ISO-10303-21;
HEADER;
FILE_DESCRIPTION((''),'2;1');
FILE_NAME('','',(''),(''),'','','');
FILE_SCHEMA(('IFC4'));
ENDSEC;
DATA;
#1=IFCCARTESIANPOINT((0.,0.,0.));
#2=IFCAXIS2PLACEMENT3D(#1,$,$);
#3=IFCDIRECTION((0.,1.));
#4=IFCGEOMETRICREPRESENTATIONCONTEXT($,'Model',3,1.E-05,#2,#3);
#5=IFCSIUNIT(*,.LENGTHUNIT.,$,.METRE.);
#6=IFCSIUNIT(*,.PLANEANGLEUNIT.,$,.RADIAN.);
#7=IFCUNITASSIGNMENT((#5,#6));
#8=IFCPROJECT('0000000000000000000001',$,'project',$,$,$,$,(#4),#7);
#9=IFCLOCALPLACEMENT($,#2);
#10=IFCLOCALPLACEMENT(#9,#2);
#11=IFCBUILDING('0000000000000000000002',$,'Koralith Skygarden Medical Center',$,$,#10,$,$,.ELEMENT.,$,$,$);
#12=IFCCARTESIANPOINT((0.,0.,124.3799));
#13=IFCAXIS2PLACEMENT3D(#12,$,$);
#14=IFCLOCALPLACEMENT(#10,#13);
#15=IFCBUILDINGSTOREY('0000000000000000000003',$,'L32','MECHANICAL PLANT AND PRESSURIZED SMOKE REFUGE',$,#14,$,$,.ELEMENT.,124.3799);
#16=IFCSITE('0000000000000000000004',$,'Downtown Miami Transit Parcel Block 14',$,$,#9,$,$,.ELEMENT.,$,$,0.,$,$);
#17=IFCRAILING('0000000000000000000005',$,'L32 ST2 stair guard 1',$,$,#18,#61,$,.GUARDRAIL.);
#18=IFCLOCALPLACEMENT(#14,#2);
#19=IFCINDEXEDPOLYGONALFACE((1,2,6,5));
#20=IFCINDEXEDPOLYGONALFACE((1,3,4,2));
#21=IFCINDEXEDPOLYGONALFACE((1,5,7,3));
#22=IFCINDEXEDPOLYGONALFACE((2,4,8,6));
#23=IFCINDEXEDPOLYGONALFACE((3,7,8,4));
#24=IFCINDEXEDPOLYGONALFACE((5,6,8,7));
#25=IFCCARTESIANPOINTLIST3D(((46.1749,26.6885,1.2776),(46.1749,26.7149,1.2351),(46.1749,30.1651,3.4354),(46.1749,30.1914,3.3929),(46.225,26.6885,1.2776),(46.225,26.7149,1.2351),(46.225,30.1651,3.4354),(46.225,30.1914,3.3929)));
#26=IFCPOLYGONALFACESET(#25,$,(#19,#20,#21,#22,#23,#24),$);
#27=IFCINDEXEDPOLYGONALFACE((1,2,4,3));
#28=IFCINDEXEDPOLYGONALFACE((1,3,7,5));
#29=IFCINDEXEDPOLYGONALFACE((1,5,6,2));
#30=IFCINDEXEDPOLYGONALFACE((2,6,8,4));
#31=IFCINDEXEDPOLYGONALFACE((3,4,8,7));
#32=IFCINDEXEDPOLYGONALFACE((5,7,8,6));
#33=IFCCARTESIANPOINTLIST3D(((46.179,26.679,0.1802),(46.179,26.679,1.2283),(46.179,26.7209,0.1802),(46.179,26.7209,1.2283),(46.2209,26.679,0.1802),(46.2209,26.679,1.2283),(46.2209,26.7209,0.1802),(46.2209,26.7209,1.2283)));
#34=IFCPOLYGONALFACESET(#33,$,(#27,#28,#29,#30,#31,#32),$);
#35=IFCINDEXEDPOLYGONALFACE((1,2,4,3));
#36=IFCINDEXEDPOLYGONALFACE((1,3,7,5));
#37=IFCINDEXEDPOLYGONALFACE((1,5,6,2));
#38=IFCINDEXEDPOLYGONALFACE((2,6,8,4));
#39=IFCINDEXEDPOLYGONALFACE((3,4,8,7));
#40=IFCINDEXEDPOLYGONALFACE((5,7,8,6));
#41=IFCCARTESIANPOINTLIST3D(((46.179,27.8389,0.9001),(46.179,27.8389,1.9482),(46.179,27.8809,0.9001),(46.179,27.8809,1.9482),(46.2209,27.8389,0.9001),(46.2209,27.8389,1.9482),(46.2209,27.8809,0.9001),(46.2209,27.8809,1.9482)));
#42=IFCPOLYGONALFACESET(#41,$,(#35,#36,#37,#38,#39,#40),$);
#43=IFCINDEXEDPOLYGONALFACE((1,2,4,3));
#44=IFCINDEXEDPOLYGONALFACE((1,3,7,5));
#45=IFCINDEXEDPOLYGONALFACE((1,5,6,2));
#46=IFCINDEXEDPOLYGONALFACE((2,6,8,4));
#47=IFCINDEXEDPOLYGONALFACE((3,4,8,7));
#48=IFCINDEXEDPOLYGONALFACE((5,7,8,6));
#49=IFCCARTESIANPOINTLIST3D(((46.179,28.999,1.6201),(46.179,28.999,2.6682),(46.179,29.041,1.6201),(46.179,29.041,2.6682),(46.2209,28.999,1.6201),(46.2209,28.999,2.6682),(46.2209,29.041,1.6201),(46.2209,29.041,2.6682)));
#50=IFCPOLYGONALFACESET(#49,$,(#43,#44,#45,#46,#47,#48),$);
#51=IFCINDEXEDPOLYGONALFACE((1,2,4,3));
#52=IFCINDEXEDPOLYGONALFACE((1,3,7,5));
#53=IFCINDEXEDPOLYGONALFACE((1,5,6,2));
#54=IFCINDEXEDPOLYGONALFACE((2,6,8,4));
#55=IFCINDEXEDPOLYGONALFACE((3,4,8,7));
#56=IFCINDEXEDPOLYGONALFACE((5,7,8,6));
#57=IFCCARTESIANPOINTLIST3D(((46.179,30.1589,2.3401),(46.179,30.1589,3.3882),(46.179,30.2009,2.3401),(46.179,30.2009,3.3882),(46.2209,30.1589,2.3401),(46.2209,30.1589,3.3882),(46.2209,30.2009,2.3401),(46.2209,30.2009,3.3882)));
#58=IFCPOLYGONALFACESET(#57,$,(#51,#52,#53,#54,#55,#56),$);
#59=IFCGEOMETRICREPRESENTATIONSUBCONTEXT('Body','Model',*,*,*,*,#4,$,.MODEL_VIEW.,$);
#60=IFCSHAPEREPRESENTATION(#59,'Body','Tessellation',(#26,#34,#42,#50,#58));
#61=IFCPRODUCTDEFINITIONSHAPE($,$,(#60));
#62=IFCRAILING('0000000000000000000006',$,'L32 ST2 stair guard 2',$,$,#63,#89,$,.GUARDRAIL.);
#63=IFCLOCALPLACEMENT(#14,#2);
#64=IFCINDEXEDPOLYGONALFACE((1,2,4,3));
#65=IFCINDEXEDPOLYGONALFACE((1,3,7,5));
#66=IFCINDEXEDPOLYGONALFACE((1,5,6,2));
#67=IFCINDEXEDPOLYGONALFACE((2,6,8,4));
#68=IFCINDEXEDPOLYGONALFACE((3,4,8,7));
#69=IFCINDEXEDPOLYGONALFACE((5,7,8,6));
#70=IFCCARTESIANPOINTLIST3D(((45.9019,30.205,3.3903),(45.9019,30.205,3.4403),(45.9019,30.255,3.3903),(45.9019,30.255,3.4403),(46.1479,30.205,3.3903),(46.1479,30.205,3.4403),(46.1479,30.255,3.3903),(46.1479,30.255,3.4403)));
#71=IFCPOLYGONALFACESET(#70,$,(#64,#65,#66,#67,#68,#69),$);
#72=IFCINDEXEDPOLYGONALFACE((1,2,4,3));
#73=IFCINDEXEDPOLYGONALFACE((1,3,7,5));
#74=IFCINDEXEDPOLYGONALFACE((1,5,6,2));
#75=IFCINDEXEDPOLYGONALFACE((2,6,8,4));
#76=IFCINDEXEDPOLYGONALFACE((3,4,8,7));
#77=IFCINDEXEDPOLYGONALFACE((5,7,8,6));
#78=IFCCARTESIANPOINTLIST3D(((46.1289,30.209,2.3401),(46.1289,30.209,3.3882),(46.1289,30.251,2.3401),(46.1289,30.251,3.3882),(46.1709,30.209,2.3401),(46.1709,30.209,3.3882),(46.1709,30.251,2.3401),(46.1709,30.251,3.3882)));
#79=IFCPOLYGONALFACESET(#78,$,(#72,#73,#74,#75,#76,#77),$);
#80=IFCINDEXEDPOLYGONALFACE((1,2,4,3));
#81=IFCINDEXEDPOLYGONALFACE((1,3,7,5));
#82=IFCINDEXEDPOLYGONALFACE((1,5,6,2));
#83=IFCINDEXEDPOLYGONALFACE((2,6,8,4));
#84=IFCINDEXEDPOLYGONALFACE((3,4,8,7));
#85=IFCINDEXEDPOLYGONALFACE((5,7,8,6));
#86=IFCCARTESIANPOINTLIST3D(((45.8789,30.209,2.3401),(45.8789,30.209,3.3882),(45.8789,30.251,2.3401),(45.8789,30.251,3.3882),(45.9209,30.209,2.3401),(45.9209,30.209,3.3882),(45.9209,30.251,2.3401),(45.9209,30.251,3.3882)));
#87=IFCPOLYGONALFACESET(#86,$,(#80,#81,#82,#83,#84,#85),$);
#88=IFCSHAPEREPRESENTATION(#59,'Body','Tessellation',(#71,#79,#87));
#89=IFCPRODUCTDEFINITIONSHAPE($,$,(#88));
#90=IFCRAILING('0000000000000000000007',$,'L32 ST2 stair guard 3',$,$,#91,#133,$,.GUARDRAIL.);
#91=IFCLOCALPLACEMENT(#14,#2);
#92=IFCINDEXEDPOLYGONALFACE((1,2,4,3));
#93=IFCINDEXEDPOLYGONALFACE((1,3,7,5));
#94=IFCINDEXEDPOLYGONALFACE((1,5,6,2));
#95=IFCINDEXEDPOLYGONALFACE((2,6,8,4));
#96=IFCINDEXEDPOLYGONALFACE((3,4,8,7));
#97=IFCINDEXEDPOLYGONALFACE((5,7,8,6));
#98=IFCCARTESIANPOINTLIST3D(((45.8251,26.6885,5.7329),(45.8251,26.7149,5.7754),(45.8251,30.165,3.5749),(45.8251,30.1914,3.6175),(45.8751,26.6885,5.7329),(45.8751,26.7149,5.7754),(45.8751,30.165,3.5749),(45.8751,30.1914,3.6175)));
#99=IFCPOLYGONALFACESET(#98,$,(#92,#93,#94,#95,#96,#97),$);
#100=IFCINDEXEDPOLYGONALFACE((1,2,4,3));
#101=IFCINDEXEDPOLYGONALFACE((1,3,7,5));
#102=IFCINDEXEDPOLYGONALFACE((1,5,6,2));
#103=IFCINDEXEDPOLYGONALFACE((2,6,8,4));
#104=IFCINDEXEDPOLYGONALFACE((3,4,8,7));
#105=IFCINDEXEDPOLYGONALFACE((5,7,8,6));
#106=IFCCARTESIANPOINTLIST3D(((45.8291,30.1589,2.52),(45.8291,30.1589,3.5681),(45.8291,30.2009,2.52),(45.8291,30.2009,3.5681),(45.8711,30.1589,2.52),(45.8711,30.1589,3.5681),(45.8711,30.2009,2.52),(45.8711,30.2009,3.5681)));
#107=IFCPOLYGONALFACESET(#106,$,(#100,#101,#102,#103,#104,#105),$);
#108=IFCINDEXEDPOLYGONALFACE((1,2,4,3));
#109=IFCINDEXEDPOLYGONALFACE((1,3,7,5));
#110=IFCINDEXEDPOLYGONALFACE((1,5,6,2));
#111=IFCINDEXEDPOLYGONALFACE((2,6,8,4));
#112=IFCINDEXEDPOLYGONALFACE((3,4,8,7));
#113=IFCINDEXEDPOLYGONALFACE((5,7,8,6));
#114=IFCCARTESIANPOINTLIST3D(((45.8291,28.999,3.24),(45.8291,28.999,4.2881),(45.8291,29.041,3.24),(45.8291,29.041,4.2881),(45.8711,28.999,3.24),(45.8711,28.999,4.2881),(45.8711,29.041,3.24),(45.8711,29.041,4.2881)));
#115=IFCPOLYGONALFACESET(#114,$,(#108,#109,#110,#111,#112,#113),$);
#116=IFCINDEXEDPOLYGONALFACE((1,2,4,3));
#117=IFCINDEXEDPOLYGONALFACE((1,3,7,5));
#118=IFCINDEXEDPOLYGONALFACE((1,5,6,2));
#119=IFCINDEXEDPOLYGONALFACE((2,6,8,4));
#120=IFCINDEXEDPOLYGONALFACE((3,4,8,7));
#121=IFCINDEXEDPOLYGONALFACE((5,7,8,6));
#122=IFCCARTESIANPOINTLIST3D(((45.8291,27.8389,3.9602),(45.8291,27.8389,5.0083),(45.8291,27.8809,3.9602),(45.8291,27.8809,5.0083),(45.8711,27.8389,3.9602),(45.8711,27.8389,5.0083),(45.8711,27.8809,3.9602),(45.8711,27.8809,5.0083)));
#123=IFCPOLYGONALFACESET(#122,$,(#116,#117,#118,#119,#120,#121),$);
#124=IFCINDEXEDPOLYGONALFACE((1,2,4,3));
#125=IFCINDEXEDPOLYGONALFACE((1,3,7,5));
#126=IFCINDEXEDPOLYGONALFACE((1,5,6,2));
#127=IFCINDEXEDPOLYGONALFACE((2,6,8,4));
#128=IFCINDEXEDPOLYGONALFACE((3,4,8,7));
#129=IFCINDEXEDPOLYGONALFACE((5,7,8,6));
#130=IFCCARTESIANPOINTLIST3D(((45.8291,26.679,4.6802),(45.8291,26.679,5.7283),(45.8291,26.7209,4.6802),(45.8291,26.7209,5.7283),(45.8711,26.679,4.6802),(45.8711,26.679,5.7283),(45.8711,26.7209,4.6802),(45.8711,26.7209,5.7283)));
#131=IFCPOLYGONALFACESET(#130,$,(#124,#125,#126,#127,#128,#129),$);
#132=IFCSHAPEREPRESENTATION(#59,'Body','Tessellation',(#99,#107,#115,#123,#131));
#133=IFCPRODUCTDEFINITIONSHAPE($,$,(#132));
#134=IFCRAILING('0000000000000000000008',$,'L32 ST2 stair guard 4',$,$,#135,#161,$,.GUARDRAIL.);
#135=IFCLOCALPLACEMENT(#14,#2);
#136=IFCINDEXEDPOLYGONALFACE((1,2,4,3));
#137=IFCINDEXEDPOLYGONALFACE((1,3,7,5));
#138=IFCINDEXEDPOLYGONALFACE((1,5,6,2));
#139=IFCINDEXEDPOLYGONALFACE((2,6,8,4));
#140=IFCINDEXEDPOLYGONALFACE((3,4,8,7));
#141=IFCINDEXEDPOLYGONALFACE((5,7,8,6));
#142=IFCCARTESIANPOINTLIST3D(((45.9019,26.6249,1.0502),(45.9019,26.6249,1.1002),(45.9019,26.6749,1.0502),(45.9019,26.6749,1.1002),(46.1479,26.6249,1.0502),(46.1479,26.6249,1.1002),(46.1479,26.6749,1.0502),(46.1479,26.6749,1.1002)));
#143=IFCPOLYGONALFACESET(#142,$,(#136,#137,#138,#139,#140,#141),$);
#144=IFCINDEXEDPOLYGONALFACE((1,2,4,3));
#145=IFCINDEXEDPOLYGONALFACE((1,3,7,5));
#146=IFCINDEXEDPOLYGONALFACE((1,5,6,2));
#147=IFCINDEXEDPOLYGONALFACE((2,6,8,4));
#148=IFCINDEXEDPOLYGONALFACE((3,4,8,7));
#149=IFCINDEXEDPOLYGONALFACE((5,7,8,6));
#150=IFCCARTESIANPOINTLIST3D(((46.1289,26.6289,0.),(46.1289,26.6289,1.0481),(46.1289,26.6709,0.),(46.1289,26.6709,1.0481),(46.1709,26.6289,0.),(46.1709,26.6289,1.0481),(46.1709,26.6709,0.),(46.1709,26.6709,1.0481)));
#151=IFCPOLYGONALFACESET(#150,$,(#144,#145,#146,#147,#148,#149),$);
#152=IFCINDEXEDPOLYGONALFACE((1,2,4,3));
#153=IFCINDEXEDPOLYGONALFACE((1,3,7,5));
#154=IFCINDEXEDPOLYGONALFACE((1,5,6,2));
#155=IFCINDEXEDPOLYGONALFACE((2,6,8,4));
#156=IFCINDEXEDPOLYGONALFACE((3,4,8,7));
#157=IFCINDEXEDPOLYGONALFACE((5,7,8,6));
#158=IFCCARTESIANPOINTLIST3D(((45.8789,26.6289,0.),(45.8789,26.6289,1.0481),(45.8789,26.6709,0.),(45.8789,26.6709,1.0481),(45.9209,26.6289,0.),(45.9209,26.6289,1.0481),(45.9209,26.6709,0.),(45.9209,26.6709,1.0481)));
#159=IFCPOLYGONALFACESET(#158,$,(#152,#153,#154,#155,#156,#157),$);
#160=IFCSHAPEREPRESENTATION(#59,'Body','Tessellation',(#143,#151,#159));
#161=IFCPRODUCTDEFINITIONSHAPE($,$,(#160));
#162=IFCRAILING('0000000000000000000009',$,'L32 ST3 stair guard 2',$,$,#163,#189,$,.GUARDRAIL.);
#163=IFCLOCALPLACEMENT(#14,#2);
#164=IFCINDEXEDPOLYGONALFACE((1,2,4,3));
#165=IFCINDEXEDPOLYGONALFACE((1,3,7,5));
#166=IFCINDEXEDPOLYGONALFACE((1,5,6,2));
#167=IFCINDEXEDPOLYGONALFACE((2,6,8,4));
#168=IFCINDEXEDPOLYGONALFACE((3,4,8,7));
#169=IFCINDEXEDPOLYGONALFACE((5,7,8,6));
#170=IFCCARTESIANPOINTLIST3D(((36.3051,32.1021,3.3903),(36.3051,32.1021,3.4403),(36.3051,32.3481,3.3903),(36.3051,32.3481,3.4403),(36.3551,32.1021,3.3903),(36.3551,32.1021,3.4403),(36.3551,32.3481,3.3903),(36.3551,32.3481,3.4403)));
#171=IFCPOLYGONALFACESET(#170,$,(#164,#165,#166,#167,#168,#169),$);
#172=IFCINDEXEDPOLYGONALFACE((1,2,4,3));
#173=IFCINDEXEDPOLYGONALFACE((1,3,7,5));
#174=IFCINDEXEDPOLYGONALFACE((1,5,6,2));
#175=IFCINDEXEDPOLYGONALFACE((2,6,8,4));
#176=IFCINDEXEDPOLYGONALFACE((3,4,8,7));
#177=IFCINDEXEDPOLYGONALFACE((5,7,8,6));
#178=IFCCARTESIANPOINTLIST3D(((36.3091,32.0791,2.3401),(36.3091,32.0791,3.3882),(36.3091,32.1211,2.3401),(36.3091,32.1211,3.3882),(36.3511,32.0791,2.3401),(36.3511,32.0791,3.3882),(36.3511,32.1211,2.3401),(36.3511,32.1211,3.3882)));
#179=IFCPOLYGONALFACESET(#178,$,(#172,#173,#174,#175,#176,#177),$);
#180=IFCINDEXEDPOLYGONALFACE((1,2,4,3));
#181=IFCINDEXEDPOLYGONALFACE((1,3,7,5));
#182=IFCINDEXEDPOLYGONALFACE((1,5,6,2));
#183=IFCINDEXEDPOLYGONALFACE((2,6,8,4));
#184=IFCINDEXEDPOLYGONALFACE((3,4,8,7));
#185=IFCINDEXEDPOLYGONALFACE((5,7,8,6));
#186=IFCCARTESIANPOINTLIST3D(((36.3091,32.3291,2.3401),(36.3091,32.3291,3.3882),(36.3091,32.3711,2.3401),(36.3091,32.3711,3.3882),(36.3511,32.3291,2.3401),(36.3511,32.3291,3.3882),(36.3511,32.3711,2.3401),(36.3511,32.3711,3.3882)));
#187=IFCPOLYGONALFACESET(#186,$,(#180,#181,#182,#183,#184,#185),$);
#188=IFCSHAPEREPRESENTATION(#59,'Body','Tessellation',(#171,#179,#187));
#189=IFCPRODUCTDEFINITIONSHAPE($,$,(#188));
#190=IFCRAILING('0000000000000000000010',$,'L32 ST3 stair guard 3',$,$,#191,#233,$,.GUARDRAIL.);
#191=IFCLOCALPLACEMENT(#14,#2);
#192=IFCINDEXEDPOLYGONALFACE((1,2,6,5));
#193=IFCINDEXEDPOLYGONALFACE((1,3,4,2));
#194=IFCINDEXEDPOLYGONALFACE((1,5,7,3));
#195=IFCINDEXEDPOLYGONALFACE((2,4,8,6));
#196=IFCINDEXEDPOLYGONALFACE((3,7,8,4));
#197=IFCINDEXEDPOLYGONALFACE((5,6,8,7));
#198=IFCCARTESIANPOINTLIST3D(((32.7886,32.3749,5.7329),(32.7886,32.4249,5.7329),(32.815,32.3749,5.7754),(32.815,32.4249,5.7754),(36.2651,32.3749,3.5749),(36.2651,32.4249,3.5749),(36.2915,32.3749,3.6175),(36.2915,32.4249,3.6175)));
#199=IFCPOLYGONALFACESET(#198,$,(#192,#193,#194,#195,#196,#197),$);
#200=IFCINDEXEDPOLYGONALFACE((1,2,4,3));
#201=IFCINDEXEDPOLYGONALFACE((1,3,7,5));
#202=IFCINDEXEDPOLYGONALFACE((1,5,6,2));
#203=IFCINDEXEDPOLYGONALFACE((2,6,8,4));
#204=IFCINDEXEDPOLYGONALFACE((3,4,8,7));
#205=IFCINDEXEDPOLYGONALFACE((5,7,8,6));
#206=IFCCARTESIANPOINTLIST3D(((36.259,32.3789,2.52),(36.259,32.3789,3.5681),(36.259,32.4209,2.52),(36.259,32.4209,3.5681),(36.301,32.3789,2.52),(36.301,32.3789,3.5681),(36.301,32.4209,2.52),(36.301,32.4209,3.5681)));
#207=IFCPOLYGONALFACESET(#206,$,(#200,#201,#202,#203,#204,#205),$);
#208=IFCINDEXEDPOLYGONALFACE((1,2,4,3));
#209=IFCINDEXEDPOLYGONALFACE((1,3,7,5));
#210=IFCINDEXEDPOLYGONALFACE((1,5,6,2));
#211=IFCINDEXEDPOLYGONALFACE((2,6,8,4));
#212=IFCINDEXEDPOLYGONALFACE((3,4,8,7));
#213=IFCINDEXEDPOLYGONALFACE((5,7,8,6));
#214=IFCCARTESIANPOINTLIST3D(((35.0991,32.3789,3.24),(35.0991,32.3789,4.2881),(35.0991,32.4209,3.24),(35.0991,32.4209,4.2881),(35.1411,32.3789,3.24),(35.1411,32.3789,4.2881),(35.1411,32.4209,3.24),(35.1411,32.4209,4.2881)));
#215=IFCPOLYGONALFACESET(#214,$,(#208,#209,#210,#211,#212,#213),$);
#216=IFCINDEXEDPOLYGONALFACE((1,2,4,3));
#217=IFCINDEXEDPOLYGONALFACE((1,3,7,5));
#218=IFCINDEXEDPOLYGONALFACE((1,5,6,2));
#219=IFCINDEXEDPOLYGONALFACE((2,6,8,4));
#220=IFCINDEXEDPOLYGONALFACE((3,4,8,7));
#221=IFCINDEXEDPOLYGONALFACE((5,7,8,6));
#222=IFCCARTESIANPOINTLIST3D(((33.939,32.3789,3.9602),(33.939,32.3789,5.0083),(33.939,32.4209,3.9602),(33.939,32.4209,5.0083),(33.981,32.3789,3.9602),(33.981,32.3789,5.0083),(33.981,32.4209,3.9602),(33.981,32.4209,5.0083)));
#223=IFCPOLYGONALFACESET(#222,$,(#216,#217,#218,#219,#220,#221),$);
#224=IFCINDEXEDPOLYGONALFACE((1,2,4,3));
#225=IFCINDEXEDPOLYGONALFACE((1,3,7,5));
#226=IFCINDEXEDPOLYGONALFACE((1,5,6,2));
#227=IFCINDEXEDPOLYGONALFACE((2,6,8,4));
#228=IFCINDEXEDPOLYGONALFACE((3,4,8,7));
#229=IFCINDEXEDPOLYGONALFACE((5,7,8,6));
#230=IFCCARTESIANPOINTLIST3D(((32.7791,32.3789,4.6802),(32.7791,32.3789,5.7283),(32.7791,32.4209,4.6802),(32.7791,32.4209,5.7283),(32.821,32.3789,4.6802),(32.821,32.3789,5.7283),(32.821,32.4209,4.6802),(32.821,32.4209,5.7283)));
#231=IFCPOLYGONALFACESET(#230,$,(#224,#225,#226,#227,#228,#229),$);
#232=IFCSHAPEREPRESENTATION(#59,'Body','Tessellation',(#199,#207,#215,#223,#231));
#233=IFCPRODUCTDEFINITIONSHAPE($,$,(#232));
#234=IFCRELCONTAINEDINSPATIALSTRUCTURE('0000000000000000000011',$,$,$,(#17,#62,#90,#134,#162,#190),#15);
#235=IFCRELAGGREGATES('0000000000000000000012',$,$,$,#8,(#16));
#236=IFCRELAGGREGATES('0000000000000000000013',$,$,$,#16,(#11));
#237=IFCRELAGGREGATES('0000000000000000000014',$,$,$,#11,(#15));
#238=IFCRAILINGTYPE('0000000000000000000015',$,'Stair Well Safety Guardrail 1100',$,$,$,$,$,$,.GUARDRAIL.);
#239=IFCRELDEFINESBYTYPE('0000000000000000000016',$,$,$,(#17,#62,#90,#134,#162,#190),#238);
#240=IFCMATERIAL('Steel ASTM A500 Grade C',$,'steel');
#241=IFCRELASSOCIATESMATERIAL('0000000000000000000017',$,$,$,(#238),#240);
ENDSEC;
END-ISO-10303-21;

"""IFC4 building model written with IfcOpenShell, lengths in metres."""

from ifc_helpers import new_model, si_unit, direction, frame, origin, origin_2d, place, context, subcontext, project, spatial, rectangle, extrude, material, type_object, element, save


model = new_model("IFC4")

# Units and contexts
model_context = context("Model", 3, precision=1e-05, world=origin(), true_north=direction((0.0, 1.0)))
body_context = subcontext(model_context, "Body", "Model", "MODEL_VIEW")
ifc_project = project(units=[si_unit("LENGTHUNIT", "METRE"), si_unit("PLANEANGLEUNIT", "RADIAN")], contexts=[model_context])

# Site, building, storey
site_placement = place(None, origin())
site = spatial("IfcSite", under=ifc_project, at=site_placement, Name="Downtown Miami Transit Parcel Block 14", CompositionType="ELEMENT", RefElevation=0.0)
building_placement = place(site_placement, origin())
building = spatial("IfcBuilding", under=site, at=building_placement, Name="Koralith Skygarden Medical Center", CompositionType="ELEMENT")
storey_placement = place(building_placement, frame((0.0, 0.0, 124.3799)))
storey = spatial("IfcBuildingStorey", under=building, at=storey_placement, Name="L32", Description="MECHANICAL PLANT AND PRESSURIZED SMOKE REFUGE", CompositionType="ELEMENT", Elevation=124.3799)

# Railings
ifc_material_1 = material(Name="Steel ASTM A500 Grade C", Category="steel")
railing_type_1 = type_object("IfcRailingType", Name="Stair Well Safety Guardrail 1100", PredefinedType="GUARDRAIL", material=ifc_material_1)
railing_1_placement = place(storey_placement, frame((46.2, 26.7, 0.1802)))
element("IfcRailing", 1, at=railing_1_placement, inside=storey, type_object=railing_type_1, Name="L32 ST2 stair guard 1", PredefinedType="GUARDRAIL", context=body_context, shape_type="SweptSolid", body=[
    extrude(rectangle(XDim=0.05, YDim=0.05, at=origin_2d()), frame((0.0, 0.0017, 1.0762), z_axis=(0.0, 0.849648, 0.52735), x_axis=(-1.0, 0.0, 0.0)), (0.0, 0.0, 1.0), 4.0918),
    extrude(rectangle(XDim=0.042, YDim=0.042, at=origin_2d()), origin(), (0.0, 0.0, 1.0), 1.0481),
    extrude(rectangle(XDim=0.042, YDim=0.042, at=origin_2d()), frame((0.0, 1.1599, 0.72)), (0.0, 0.0, 1.0), 1.0481),
    extrude(rectangle(XDim=0.042, YDim=0.042, at=origin_2d()), frame((0.0, 2.3201, 1.4399)), (0.0, 0.0, 1.0), 1.0481),
    extrude(rectangle(XDim=0.042, YDim=0.042, at=origin_2d()), frame((0.0, 3.48, 2.1599)), (0.0, 0.0, 1.0), 1.0481),
])
railing_2_placement = place(storey_placement, frame((46.1499, 30.23, 2.3401)))
element("IfcRailing", 2, at=railing_2_placement, inside=storey, type_object=railing_type_1, Name="L32 ST2 stair guard 2", PredefinedType="GUARDRAIL", context=body_context, shape_type="SweptSolid", body=[
    extrude(rectangle(XDim=0.05, YDim=0.05, at=origin_2d()), frame((-0.002, 0.0, 1.0752), z_axis=(-1.0, 0.0, 0.0), x_axis=(0.0, -1.0, 0.0)), (0.0, 0.0, 1.0), 0.2461),
    extrude(rectangle(XDim=0.042, YDim=0.042, at=origin_2d()), origin(), (0.0, 0.0, 1.0), 1.0481),
    extrude(rectangle(XDim=0.042, YDim=0.042, at=origin_2d()), frame((-0.25, 0.0, 0.0)), (0.0, 0.0, 1.0), 1.0481),
])
railing_3_placement = place(storey_placement, frame((45.8501, 30.1799, 2.52)))
element("IfcRailing", 3, at=railing_3_placement, inside=storey, type_object=railing_type_1, Name="L32 ST2 stair guard 3", PredefinedType="GUARDRAIL", context=body_context, shape_type="SweptSolid", body=[
    extrude(rectangle(XDim=0.05, YDim=0.05, at=origin_2d()), frame((0.0, -0.0017, 1.0762), z_axis=(0.0, -0.849622, 0.527393), x_axis=(1.0, 0.0, 0.0)), (0.0, 0.0, 1.0), 4.0918),
    extrude(rectangle(XDim=0.042, YDim=0.042, at=origin_2d()), origin(), (0.0, 0.0, 1.0), 1.0481),
    extrude(rectangle(XDim=0.042, YDim=0.042, at=origin_2d()), frame((0.0, -1.1599, 0.72)), (0.0, 0.0, 1.0), 1.0481),
    extrude(rectangle(XDim=0.042, YDim=0.042, at=origin_2d()), frame((0.0, -2.3201, 1.4402)), (0.0, 0.0, 1.0), 1.0481),
    extrude(rectangle(XDim=0.042, YDim=0.042, at=origin_2d()), frame((0.0, -3.48, 2.1602)), (0.0, 0.0, 1.0), 1.0481),
])
railing_4_placement = place(storey_placement, frame((46.1499, 26.6499, 0.0)))
element("IfcRailing", 4, at=railing_4_placement, inside=storey, type_object=railing_type_1, Name="L32 ST2 stair guard 4", PredefinedType="GUARDRAIL", context=body_context, shape_type="SweptSolid", body=[
    extrude(rectangle(XDim=0.05, YDim=0.05, at=origin_2d()), frame((-0.002, 0.0, 1.0752), z_axis=(-1.0, 0.0, 0.0), x_axis=(0.0, -1.0, 0.0)), (0.0, 0.0, 1.0), 0.2461),
    extrude(rectangle(XDim=0.042, YDim=0.042, at=origin_2d()), origin(), (0.0, 0.0, 1.0), 1.0481),
    extrude(rectangle(XDim=0.042, YDim=0.042, at=origin_2d()), frame((-0.25, 0.0, 0.0)), (0.0, 0.0, 1.0), 1.0481),
])
railing_5_placement = place(storey_placement, frame((36.3301, 32.1001, 2.3401)))
element("IfcRailing", 5, at=railing_5_placement, inside=storey, type_object=railing_type_1, Name="L32 ST3 stair guard 2", PredefinedType="GUARDRAIL", context=body_context, shape_type="SweptSolid", body=[
    extrude(rectangle(XDim=0.05, YDim=0.05, at=origin_2d()), frame((0.0, 0.002, 1.0752), z_axis=(0.0, 1.0, 0.0), x_axis=(-1.0, 0.0, 0.0)), (0.0, 0.0, 1.0), 0.2461),
    extrude(rectangle(XDim=0.042, YDim=0.042, at=origin_2d()), origin(), (0.0, 0.0, 1.0), 1.0481),
    extrude(rectangle(XDim=0.042, YDim=0.042, at=origin_2d()), frame((0.0, 0.25, 0.0)), (0.0, 0.0, 1.0), 1.0481),
])
railing_6_placement = place(storey_placement, frame((36.28, 32.3999, 2.52)))
element("IfcRailing", 6, at=railing_6_placement, inside=storey, type_object=railing_type_1, Name="L32 ST3 stair guard 3", PredefinedType="GUARDRAIL", context=body_context, shape_type="SweptSolid", body=[
    extrude(rectangle(XDim=0.05, YDim=0.05, at=origin_2d()), frame((-0.0017, 0.0, 1.0762), z_axis=(-0.849622, 0.0, 0.527393), x_axis=(0.0, -1.0, 0.0)), (0.0, 0.0, 1.0), 4.0918),
    extrude(rectangle(XDim=0.042, YDim=0.042, at=origin_2d()), origin(), (0.0, 0.0, 1.0), 1.0481),
    extrude(rectangle(XDim=0.042, YDim=0.042, at=origin_2d()), frame((-1.1599, 0.0, 0.72)), (0.0, 0.0, 1.0), 1.0481),
    extrude(rectangle(XDim=0.042, YDim=0.042, at=origin_2d()), frame((-2.3201, 0.0, 1.4402)), (0.0, 0.0, 1.0), 1.0481),
    extrude(rectangle(XDim=0.042, YDim=0.042, at=origin_2d()), frame((-3.48, 0.0, 2.1602)), (0.0, 0.0, 1.0), 1.0481),
])

save(model, "model.ifc")
